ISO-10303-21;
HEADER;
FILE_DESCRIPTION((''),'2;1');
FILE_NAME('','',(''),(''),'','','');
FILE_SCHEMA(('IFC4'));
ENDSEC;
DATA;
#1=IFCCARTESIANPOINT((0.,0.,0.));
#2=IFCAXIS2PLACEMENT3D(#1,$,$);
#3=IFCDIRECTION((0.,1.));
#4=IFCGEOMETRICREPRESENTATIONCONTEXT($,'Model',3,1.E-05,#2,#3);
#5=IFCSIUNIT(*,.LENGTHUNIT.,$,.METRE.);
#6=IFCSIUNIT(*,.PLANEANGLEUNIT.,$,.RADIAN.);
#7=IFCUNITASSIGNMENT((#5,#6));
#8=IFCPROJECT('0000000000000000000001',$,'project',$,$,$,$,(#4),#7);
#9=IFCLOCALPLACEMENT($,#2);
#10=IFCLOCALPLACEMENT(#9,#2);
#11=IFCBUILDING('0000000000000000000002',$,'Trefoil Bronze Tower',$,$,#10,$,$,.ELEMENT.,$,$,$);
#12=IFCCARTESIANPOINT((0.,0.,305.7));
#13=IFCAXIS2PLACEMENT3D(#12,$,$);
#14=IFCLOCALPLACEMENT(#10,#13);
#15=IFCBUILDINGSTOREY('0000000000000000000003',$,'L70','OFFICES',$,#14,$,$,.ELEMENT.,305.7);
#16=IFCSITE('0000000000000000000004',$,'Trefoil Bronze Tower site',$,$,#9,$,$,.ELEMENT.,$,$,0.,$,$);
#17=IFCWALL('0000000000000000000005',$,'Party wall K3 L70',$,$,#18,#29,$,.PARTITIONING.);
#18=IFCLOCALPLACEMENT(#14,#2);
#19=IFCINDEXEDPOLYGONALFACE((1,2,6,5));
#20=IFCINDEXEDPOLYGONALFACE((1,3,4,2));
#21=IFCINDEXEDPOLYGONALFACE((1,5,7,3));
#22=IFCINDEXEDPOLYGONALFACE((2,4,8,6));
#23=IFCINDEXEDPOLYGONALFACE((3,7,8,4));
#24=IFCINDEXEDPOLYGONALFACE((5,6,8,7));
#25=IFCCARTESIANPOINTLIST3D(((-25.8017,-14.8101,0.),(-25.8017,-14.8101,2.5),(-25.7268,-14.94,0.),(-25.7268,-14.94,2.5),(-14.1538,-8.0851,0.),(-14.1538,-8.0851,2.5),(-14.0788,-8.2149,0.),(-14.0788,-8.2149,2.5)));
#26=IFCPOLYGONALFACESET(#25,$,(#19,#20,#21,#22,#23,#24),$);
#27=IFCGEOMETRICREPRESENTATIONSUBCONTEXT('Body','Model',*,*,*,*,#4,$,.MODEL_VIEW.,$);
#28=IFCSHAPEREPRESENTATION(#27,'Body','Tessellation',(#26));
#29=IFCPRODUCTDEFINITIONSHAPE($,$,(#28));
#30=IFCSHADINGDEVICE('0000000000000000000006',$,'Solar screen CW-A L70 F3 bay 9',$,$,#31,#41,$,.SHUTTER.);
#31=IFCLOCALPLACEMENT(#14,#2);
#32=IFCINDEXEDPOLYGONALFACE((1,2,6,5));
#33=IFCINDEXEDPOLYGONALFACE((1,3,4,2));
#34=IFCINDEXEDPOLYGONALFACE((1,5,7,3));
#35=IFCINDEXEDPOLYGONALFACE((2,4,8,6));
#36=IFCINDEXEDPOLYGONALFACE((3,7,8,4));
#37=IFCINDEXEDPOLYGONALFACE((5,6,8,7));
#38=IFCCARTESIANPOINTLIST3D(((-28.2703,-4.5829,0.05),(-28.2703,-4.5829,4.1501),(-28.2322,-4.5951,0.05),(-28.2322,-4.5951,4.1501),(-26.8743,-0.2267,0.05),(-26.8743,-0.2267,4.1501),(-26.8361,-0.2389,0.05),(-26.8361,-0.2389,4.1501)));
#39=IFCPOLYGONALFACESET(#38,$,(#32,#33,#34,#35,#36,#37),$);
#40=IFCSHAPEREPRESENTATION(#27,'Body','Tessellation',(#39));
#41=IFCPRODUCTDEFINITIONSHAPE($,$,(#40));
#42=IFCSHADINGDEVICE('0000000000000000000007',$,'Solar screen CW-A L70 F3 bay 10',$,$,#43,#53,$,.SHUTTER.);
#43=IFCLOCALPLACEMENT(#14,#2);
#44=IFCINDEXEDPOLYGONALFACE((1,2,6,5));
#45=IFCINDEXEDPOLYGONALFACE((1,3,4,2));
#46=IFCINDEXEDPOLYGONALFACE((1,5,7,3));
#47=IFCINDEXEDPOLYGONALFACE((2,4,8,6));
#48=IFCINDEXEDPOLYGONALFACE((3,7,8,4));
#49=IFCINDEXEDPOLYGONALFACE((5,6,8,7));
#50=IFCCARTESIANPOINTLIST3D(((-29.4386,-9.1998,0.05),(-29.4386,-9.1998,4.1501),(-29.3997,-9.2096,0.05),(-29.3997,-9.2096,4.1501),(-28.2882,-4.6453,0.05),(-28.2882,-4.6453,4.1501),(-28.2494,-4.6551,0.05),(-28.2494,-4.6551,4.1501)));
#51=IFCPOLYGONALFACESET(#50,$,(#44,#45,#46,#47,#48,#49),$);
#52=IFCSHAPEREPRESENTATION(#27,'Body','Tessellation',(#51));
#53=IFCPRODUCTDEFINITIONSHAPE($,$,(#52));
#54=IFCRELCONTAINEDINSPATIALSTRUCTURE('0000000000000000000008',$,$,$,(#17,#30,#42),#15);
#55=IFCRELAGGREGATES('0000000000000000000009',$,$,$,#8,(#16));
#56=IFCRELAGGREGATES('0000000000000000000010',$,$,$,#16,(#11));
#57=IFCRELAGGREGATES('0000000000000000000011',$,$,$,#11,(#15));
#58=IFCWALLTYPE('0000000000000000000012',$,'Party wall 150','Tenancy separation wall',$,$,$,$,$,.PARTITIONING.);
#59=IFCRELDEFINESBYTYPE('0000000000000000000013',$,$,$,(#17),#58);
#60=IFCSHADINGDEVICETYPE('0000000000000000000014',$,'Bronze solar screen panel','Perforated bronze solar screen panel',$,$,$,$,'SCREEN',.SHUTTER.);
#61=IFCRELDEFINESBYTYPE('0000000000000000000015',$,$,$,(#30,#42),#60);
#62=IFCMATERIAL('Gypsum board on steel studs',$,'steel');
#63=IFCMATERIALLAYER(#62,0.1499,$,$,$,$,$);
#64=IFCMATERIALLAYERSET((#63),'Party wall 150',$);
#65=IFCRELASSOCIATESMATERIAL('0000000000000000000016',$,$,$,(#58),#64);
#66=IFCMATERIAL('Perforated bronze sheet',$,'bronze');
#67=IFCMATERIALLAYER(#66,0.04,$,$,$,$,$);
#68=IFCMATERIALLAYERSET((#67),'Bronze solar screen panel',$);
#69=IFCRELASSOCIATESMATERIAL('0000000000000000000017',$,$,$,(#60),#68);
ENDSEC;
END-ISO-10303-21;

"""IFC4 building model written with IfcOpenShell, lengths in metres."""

from ifc_helpers import new_model, si_unit, direction, frame, frame_2d, origin, origin_2d, place, context, subcontext, project, spatial, rectangle, extrude, material, layer, layer_set, type_object, element, save


model = new_model("IFC4")

# Units and contexts
model_context = context("Model", 3, precision=1e-05, world=origin(), true_north=direction((0.0, 1.0)))
body_context = subcontext(model_context, "Body", "Model", "MODEL_VIEW")
ifc_project = project(units=[si_unit("LENGTHUNIT", "METRE"), si_unit("PLANEANGLEUNIT", "RADIAN")], contexts=[model_context])

# Site, building, storey
site_placement = place(None, origin())
site = spatial("IfcSite", under=ifc_project, at=site_placement, Name="Trefoil Bronze Tower site", CompositionType="ELEMENT", RefElevation=0.0)
building_placement = place(site_placement, origin())
building = spatial("IfcBuilding", under=site, at=building_placement, Name="Trefoil Bronze Tower", CompositionType="ELEMENT")
storey_placement = place(building_placement, frame((0.0, 0.0, 305.7)))
storey = spatial("IfcBuildingStorey", under=building, at=storey_placement, Name="L70", Description="OFFICES", CompositionType="ELEMENT", Elevation=305.7)

# Wall
ifc_material_1 = material(Name="Gypsum board on steel studs", Category="steel")
ifc_layer_1 = layer(ifc_material_1, 0.1499)
ifc_layer_set_1 = layer_set([ifc_layer_1], Name="Party wall 150")
wall_type_1 = type_object("IfcWallType", Name="Party wall 150", Description="Tenancy separation wall", PredefinedType="PARTITIONING", material=ifc_layer_set_1)
wall_1_placement = place(storey_placement, frame((-14.1162, -8.1499, 0.0), z_axis=(0.0, 0.0, 1.0), x_axis=(-0.866021, -0.500008, 0.0)))
element("IfcWall", 1, at=wall_1_placement, inside=storey, type_object=wall_type_1, Name="Party wall K3 L70", PredefinedType="PARTITIONING", context=body_context, shape_type="SweptSolid", body=[
    extrude(rectangle(XDim=13.45, YDim=0.1499, at=frame_2d((6.7251, 0.0))), origin(), (0.0, 0.0, 1.0), 2.5),
])

# Shading devices
ifc_material_2 = material(Name="Perforated bronze sheet", Category="bronze")
ifc_layer_2 = layer(ifc_material_2, 0.04)
ifc_layer_set_2 = layer_set([ifc_layer_2], Name="Bronze solar screen panel")
shading_device_type = type_object("IfcShadingDeviceType", Name="Bronze solar screen panel", Description="Perforated bronze solar screen panel", ElementType="SCREEN", PredefinedType="SHUTTER", material=ifc_layer_set_2)
shading_device_1_placement = place(storey_placement, frame((-27.5532, -2.4109, 0.05), z_axis=(0.0, 0.0, 1.0), x_axis=(-0.305188, -0.952292, 0.0)))
element("IfcShadingDevice", 2, at=shading_device_1_placement, inside=storey, type_object=shading_device_type, Name="Solar screen CW-A L70 F3 bay 9", PredefinedType="SHUTTER", context=body_context, shape_type="SweptSolid", body=[
    extrude(rectangle(XDim=4.5745, YDim=0.04, at=origin_2d()), origin(), (0.0, 0.0, 1.0), 4.1001),
])
shading_device_2_placement = place(storey_placement, frame((-28.844, -6.9275, 0.05), z_axis=(0.0, 0.0, 1.0), x_axis=(-0.24488, -0.969554, 0.0)))
element("IfcShadingDevice", 3, at=shading_device_2_placement, inside=storey, type_object=shading_device_type, Name="Solar screen CW-A L70 F3 bay 10", PredefinedType="SHUTTER", context=body_context, shape_type="SweptSolid", body=[
    extrude(rectangle(XDim=4.6975, YDim=0.04, at=origin_2d()), origin(), (0.0, 0.0, 1.0), 4.1001),
])

save(model, "model.ifc")
